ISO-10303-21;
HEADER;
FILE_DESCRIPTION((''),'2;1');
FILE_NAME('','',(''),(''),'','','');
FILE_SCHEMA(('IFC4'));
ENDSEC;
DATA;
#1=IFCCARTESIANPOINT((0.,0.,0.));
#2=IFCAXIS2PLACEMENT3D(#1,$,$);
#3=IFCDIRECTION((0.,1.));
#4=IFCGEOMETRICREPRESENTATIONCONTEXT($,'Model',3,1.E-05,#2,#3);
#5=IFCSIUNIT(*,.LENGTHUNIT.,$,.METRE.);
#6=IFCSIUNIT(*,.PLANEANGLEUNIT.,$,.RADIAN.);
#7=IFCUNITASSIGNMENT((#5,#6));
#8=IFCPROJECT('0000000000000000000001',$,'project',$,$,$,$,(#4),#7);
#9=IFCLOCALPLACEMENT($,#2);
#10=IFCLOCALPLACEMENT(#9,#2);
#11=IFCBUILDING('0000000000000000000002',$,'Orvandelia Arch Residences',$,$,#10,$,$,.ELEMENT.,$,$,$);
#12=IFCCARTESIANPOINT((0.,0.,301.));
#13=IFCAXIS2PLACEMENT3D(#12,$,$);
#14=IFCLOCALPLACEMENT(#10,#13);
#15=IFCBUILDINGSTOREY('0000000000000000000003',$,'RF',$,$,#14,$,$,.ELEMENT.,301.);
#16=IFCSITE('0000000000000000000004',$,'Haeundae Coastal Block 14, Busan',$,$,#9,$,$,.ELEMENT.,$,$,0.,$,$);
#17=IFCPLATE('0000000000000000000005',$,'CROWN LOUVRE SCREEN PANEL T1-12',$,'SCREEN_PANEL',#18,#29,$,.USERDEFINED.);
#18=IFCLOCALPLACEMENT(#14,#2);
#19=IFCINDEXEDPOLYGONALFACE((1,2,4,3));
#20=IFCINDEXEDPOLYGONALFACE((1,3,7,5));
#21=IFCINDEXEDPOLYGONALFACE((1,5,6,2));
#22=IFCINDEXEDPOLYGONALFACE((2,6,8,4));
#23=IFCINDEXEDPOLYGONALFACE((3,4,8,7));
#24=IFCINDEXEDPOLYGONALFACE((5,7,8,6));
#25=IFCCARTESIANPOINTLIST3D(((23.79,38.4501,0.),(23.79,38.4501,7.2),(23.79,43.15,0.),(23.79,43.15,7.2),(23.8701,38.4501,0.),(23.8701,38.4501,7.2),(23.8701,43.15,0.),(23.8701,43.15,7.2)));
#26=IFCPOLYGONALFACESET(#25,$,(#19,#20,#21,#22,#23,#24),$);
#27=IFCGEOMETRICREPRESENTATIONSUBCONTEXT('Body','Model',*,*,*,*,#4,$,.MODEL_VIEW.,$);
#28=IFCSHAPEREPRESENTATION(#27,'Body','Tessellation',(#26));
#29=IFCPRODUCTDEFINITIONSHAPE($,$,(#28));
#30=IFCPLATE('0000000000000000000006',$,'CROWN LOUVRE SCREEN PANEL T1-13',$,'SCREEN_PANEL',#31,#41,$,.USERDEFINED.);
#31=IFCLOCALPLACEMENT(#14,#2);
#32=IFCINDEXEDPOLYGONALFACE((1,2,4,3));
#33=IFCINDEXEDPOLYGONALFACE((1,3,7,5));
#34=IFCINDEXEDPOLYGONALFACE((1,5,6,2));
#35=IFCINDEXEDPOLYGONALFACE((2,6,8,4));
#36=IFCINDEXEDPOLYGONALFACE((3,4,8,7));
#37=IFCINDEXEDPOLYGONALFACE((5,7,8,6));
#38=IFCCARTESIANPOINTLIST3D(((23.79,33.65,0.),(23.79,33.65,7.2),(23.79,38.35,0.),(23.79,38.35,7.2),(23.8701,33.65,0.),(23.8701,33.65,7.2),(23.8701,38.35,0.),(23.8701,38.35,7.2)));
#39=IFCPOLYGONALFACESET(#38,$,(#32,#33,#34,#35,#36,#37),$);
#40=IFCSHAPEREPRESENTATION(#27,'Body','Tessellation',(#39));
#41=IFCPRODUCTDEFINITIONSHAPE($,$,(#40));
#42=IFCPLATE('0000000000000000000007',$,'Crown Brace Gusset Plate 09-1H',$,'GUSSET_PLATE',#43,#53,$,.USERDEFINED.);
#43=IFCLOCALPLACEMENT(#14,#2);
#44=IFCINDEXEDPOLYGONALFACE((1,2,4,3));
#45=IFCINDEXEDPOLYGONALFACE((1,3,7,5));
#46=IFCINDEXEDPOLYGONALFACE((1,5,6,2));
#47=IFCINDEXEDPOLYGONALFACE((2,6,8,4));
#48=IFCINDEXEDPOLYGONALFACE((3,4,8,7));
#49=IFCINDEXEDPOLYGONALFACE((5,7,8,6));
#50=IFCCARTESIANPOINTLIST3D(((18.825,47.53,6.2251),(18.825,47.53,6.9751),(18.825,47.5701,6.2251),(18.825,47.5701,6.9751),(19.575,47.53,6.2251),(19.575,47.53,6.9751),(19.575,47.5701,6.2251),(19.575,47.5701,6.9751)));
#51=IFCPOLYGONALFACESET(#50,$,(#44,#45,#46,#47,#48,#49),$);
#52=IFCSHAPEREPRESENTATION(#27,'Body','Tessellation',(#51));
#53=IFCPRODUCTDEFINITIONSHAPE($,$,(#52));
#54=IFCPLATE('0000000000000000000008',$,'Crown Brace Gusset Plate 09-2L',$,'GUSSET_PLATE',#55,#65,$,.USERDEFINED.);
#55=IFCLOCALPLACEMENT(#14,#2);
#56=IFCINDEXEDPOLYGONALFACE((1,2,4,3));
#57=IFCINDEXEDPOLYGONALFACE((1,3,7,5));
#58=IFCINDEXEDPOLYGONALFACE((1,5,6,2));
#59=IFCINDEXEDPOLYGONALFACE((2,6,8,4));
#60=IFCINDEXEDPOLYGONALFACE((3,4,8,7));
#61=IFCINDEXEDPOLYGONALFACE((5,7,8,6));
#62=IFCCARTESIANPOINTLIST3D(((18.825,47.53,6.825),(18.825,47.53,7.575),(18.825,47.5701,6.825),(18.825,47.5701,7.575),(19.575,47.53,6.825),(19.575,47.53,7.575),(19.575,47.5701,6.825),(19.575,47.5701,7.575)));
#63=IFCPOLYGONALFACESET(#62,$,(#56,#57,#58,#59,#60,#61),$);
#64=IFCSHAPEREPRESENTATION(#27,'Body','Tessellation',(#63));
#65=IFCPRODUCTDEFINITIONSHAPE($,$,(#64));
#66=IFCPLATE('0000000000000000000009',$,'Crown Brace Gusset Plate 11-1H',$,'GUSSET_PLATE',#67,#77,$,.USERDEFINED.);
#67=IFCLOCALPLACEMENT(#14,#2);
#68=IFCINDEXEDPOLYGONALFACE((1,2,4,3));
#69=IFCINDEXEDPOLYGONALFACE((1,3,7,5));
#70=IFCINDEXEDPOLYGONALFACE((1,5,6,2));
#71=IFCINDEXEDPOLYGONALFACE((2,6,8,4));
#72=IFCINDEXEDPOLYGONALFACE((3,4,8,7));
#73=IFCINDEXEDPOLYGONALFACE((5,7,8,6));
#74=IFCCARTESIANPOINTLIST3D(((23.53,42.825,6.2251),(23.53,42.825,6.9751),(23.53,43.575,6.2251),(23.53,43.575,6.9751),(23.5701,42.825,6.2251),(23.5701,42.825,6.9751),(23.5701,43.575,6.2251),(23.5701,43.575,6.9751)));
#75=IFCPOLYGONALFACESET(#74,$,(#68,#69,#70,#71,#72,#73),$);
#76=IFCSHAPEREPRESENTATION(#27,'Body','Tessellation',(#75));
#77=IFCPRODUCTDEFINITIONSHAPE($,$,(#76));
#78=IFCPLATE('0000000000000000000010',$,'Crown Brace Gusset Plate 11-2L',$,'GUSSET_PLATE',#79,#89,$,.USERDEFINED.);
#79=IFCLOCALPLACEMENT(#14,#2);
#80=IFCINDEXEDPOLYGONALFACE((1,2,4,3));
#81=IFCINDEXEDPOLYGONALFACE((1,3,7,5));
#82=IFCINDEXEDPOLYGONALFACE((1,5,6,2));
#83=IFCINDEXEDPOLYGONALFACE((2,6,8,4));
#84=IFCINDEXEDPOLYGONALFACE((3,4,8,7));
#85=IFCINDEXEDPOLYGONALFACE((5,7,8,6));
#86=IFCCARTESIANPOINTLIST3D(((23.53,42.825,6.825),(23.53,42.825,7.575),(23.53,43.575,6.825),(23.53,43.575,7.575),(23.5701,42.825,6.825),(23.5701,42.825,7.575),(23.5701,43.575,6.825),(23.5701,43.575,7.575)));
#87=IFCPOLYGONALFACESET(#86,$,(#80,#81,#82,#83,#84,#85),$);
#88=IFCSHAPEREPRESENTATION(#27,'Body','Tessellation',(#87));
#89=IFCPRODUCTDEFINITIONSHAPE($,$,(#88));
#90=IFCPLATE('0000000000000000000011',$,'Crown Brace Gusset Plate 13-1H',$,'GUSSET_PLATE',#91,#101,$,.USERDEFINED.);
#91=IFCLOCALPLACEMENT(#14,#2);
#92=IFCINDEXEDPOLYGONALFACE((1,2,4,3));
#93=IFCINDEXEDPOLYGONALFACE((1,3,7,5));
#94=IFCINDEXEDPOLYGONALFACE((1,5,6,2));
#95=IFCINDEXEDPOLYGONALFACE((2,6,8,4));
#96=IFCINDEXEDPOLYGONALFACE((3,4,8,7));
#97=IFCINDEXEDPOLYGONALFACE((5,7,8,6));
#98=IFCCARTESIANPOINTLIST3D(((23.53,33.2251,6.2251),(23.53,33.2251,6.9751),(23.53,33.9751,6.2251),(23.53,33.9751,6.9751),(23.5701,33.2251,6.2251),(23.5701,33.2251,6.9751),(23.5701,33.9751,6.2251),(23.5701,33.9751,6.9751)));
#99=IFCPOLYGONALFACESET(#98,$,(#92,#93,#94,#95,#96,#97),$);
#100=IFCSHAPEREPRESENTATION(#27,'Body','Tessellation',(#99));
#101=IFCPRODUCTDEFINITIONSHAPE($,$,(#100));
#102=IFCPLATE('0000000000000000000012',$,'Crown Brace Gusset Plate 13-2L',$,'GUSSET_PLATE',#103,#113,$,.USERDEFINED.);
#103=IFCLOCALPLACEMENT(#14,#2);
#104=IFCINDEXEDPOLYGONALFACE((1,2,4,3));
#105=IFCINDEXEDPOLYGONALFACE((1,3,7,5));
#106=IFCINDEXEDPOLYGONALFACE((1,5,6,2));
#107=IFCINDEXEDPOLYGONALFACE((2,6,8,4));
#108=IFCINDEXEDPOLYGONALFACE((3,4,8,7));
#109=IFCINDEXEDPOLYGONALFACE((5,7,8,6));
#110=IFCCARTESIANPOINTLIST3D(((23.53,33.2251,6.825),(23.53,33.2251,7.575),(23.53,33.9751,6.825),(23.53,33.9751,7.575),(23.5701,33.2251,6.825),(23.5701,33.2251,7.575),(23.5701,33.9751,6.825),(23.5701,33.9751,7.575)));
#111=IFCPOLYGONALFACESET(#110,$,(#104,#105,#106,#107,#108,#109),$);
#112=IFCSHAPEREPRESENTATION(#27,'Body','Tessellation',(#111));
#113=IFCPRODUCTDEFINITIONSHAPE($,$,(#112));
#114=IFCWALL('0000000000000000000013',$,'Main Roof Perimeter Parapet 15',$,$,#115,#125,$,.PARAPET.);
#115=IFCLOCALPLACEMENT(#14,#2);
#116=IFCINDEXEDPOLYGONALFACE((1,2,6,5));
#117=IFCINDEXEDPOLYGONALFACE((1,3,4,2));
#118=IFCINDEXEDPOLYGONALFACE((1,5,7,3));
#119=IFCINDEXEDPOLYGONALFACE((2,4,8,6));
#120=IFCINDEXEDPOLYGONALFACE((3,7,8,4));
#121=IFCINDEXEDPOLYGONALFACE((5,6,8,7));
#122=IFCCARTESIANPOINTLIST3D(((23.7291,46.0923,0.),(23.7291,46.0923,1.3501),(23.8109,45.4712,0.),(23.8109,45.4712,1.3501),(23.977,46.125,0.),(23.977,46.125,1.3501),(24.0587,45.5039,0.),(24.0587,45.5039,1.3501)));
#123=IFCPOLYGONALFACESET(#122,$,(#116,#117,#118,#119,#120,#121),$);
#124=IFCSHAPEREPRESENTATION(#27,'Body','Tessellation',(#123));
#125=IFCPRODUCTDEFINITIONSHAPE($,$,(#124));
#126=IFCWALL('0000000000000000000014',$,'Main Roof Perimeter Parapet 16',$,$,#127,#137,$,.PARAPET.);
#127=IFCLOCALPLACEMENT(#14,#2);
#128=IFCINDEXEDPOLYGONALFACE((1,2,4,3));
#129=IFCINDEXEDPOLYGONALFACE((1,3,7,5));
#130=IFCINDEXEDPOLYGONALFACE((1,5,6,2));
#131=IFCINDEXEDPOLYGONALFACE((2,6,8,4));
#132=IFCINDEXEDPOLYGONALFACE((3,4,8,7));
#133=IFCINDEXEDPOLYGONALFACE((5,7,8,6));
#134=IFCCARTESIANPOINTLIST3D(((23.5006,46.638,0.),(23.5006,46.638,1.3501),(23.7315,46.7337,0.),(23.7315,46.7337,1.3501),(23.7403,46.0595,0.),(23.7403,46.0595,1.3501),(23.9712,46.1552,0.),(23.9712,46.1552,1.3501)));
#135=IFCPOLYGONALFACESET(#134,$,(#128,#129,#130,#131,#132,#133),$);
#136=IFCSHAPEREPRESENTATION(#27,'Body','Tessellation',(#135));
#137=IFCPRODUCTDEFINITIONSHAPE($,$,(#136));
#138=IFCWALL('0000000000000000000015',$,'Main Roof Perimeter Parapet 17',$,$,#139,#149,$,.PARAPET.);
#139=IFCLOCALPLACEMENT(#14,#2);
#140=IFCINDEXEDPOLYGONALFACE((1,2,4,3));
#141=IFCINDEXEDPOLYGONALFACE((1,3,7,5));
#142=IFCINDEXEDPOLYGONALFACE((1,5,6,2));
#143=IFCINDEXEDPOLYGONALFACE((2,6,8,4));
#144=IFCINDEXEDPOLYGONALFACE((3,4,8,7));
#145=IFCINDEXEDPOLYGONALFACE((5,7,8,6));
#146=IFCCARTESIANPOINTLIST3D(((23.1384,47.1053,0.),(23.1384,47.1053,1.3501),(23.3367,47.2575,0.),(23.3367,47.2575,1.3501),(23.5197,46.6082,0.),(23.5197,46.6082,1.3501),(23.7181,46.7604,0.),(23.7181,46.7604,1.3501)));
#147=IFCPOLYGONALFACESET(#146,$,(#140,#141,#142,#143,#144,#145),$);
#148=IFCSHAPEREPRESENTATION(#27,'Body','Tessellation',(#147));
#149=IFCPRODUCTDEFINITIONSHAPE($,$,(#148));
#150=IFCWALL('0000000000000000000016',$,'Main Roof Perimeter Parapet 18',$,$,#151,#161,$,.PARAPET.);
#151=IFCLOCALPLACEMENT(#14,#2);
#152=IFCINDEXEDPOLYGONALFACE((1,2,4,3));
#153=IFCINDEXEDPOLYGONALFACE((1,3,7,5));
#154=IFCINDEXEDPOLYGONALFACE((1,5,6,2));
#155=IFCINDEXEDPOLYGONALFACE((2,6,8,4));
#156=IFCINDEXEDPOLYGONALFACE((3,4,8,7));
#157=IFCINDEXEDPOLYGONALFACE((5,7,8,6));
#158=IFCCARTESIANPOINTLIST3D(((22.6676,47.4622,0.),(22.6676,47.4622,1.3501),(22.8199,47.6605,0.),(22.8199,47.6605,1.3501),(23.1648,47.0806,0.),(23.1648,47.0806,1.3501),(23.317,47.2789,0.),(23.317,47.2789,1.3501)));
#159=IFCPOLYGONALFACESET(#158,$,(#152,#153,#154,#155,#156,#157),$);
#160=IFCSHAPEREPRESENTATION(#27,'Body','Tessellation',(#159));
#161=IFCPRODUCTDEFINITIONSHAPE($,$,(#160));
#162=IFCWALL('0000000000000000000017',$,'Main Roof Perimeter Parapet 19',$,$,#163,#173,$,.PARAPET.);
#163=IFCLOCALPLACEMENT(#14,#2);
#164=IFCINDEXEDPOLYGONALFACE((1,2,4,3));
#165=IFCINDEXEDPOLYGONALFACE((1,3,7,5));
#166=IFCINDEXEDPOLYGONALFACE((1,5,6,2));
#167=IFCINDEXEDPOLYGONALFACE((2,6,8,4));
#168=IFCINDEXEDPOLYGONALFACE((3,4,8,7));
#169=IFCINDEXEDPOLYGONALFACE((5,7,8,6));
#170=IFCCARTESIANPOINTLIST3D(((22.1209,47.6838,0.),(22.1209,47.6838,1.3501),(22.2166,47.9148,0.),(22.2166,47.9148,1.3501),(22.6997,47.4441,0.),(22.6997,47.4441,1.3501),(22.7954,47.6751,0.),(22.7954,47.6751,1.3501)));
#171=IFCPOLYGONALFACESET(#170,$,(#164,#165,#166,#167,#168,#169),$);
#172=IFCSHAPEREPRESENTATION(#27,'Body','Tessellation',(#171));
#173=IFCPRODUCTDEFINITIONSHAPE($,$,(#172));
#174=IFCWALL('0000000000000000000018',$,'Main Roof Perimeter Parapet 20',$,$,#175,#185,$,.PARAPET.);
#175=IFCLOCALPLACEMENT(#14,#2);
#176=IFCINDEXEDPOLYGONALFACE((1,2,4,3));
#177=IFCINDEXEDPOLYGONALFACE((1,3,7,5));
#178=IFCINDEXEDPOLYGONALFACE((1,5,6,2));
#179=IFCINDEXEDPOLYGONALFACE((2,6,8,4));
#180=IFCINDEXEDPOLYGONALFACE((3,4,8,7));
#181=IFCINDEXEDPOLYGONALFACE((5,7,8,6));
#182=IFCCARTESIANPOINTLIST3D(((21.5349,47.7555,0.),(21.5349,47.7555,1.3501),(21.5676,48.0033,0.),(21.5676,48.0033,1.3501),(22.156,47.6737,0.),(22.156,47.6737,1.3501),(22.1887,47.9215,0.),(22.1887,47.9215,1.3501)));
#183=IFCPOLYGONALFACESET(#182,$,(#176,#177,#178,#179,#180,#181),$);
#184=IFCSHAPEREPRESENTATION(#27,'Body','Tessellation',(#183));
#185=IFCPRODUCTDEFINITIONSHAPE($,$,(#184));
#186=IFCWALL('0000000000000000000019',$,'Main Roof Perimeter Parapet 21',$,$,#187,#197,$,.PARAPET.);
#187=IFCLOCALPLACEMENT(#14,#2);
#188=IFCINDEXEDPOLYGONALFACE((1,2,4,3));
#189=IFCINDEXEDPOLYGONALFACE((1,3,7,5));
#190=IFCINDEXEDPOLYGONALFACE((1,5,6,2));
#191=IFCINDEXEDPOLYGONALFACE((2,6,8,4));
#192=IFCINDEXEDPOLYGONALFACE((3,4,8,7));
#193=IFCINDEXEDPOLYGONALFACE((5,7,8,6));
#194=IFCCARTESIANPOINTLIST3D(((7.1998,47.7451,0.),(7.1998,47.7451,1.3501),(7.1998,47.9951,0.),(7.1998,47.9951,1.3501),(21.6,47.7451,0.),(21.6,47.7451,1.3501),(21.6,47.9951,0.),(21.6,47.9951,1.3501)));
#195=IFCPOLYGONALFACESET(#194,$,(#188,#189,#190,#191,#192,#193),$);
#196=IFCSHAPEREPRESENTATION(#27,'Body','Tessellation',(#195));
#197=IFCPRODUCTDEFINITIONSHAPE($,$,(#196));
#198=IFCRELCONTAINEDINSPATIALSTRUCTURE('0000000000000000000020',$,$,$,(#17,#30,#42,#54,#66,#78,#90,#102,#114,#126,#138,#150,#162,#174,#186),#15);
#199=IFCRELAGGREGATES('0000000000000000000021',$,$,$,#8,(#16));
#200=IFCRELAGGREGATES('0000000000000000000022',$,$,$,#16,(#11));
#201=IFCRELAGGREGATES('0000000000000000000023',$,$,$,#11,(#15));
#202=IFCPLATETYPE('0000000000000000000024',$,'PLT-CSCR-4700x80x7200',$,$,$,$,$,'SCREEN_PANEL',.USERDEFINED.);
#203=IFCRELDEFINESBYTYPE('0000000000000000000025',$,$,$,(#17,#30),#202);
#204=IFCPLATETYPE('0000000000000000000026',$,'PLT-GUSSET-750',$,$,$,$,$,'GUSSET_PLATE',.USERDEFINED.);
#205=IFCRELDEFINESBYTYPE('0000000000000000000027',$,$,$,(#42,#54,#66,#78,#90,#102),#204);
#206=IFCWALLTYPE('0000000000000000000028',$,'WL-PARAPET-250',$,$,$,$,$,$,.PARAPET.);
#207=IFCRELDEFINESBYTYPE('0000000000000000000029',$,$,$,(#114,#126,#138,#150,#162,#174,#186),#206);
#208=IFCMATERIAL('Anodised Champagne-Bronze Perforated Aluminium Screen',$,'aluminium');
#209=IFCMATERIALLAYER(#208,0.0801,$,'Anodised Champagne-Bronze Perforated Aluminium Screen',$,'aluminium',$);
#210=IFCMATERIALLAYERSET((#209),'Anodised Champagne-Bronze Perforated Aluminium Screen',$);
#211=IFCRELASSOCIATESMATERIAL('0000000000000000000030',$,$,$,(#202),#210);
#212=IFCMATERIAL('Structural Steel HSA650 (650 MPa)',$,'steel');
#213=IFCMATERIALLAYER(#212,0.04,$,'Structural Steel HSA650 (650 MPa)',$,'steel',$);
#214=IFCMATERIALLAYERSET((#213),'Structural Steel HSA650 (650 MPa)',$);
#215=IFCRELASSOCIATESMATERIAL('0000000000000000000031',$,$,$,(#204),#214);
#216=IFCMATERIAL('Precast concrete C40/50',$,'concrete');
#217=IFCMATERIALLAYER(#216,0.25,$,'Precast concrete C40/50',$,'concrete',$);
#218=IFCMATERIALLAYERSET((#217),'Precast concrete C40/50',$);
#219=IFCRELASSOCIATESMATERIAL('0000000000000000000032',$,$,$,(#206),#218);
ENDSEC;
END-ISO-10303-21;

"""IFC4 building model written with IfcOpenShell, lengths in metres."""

from ifc_helpers import new_model, si_unit, direction, frame, frame_2d, origin, origin_2d, place, context, subcontext, project, spatial, rectangle, extrude, material, layer, layer_set, type_object, element, save


model = new_model("IFC4")

# Units and contexts
model_context = context("Model", 3, precision=1e-05, world=origin(), true_north=direction((0.0, 1.0)))
body_context = subcontext(model_context, "Body", "Model", "MODEL_VIEW")
ifc_project = project(units=[si_unit("LENGTHUNIT", "METRE"), si_unit("PLANEANGLEUNIT", "RADIAN")], contexts=[model_context])

# Site, building, storey
site_placement = place(None, origin())
site = spatial("IfcSite", under=ifc_project, at=site_placement, Name="Haeundae Coastal Block 14, Busan", CompositionType="ELEMENT", RefElevation=0.0)
building_placement = place(site_placement, origin())
building = spatial("IfcBuilding", under=site, at=building_placement, Name="Orvandelia Arch Residences", CompositionType="ELEMENT")
storey_placement = place(building_placement, frame((0.0, 0.0, 301.0)))
storey = spatial("IfcBuildingStorey", under=building, at=storey_placement, Name="RF", CompositionType="ELEMENT", Elevation=301.0)

# Shared definitions
ifc_material_1 = material(Name="Structural Steel HSA650 (650 MPa)", Category="steel")

# Plates
ifc_material_2 = material(Name="Anodised Champagne-Bronze Perforated Aluminium Screen", Category="aluminium")
ifc_layer_1 = layer(ifc_material_2, 0.0801, Name="Anodised Champagne-Bronze Perforated Aluminium Screen", Category="aluminium")
ifc_layer_set_1 = layer_set([ifc_layer_1], Name="Anodised Champagne-Bronze Perforated Aluminium Screen")
plate_type_1 = type_object("IfcPlateType", Name="PLT-CSCR-4700x80x7200", ElementType="SCREEN_PANEL", PredefinedType="USERDEFINED", material=ifc_layer_set_1)
for number, where, z_axis, x_axis, name in (
    (1, (23.8301, 40.8, 0.0), (0.0, 0.0, 1.0), (0.0, -1.0, 0.0), "CROWN LOUVRE SCREEN PANEL T1-12"),
    (2, (23.8301, 36.0, 0.0), (0.0, 0.0, 1.0), (0.0, -1.0, 0.0), "CROWN LOUVRE SCREEN PANEL T1-13"),
):
    element("IfcPlate", number, at=place(storey_placement, frame(where, z_axis=z_axis, x_axis=x_axis)), inside=storey, type_object=plate_type_1, Name=name, ObjectType="SCREEN_PANEL", PredefinedType="USERDEFINED", context=body_context, shape_type="SweptSolid", body=[
        extrude(rectangle(XDim=4.7, YDim=0.0801, at=origin_2d()), origin(), (0.0, 0.0, 1.0), 7.2),
    ])
ifc_layer_2 = layer(ifc_material_1, 0.04, Name="Structural Steel HSA650 (650 MPa)", Category="steel")
ifc_layer_set_2 = layer_set([ifc_layer_2], Name="Structural Steel HSA650 (650 MPa)")
plate_type_2 = type_object("IfcPlateType", Name="PLT-GUSSET-750", ElementType="GUSSET_PLATE", PredefinedType="USERDEFINED", material=ifc_layer_set_2)
for number, where, z_axis, x_axis, name in (
    (3, (19.2, 47.55, 6.2251), (0.0, 0.0, 1.0), (1.0, 0.0, 0.0), "Crown Brace Gusset Plate 09-1H"),
    (4, (19.2, 47.55, 6.825), (0.0, 0.0, 1.0), (1.0, 0.0, 0.0), "Crown Brace Gusset Plate 09-2L"),
    (5, (23.55, 43.2, 6.2251), (0.0, 0.0, 1.0), (0.0, -1.0, 0.0), "Crown Brace Gusset Plate 11-1H"),
    (6, (23.55, 43.2, 6.825), (0.0, 0.0, 1.0), (0.0, -1.0, 0.0), "Crown Brace Gusset Plate 11-2L"),
    (7, (23.55, 33.6001, 6.2251), (0.0, 0.0, 1.0), (0.0, -1.0, 0.0), "Crown Brace Gusset Plate 13-1H"),
    (8, (23.55, 33.6001, 6.825), (0.0, 0.0, 1.0), (0.0, -1.0, 0.0), "Crown Brace Gusset Plate 13-2L"),
):
    element("IfcPlate", number, at=place(storey_placement, frame(where, z_axis=z_axis, x_axis=x_axis)), inside=storey, type_object=plate_type_2, Name=name, ObjectType="GUSSET_PLATE", PredefinedType="USERDEFINED", context=body_context, shape_type="SweptSolid", body=[
        extrude(rectangle(XDim=0.75, YDim=0.04, at=origin_2d()), origin(), (0.0, 0.0, 1.0), 0.75),
    ])

# Walls
ifc_material_3 = material(Name="Precast concrete C40/50", Category="concrete")
ifc_layer_3 = layer(ifc_material_3, 0.25, Name="Precast concrete C40/50", Category="concrete")
ifc_layer_set_3 = layer_set([ifc_layer_3], Name="Precast concrete C40/50")
wall_type = type_object("IfcWallType", Name="WL-PARAPET-250", PredefinedType="PARAPET", material=ifc_layer_set_3)
wall_1_placement = place(storey_placement, frame((23.9348, 45.4875, 0.0), z_axis=(0.0, 0.0, 1.0), x_axis=(-0.130555, 0.991441, 0.0)))
element("IfcWall", 9, at=wall_1_placement, inside=storey, type_object=wall_type, Name="Main Roof Perimeter Parapet 15", PredefinedType="PARAPET", context=body_context, shape_type="SweptSolid", body=[
    extrude(rectangle(XDim=0.6265, YDim=0.25, at=frame_2d((0.3132, 0.0))), origin(), (0.0, 0.0, 1.0), 1.3501),
])
wall_2_placement = place(storey_placement, frame((23.8557, 46.1074, 0.0), z_axis=(0.0, 0.0, 1.0), x_axis=(-0.382788, 0.923836, 0.0)))
element("IfcWall", 10, at=wall_2_placement, inside=storey, type_object=wall_type, Name="Main Roof Perimeter Parapet 16", PredefinedType="PARAPET", context=body_context, shape_type="SweptSolid", body=[
    extrude(rectangle(XDim=0.6262, YDim=0.25, at=frame_2d((0.313, 0.0))), origin(), (0.0, 0.0, 1.0), 1.3501),
])
wall_3_placement = place(storey_placement, frame((23.6189, 46.6843, 0.0), z_axis=(0.0, 0.0, 1.0), x_axis=(-0.608693, 0.793406, 0.0)))
element("IfcWall", 11, at=wall_3_placement, inside=storey, type_object=wall_type, Name="Main Roof Perimeter Parapet 17", PredefinedType="PARAPET", context=body_context, shape_type="SweptSolid", body=[
    extrude(rectangle(XDim=0.6265, YDim=0.25, at=frame_2d((0.3132, 0.0))), origin(), (0.0, 0.0, 1.0), 1.3501),
])
wall_4_placement = place(storey_placement, frame((23.241, 47.1797, 0.0), z_axis=(0.0, 0.0, 1.0), x_axis=(-0.793217, 0.608939, 0.0)))
element("IfcWall", 12, at=wall_4_placement, inside=storey, type_object=wall_type, Name="Main Roof Perimeter Parapet 18", PredefinedType="PARAPET", context=body_context, shape_type="SweptSolid", body=[
    extrude(rectangle(XDim=0.6267, YDim=0.25, at=frame_2d((0.3135, 0.0))), origin(), (0.0, 0.0, 1.0), 1.3501),
])
for number, where, z_axis, x_axis, name in (
    (13, (22.7476, 47.5596, 0.0), (0.0, 0.0, 1.0), (-0.923893, 0.38265, 0.0), "Main Roof Perimeter Parapet 19"),
    (14, (22.1724, 47.7976, 0.0), (0.0, 0.0, 1.0), (-0.991441, 0.130555, 0.0), "Main Roof Perimeter Parapet 20"),
):
    element("IfcWall", number, at=place(storey_placement, frame(where, z_axis=z_axis, x_axis=x_axis)), inside=storey, type_object=wall_type, Name=name, PredefinedType="PARAPET", context=body_context, shape_type="SweptSolid", body=[
        extrude(rectangle(XDim=0.6265, YDim=0.25, at=frame_2d((0.3132, 0.0))), origin(), (0.0, 0.0, 1.0), 1.3501),
    ])
wall_5_placement = place(storey_placement, frame((21.6001, 47.8701, 0.0), z_axis=(0.0, 0.0, 1.0), x_axis=(-1.0, 0.0, 0.0)))
element("IfcWall", 15, at=wall_5_placement, inside=storey, type_object=wall_type, Name="Main Roof Perimeter Parapet 21", PredefinedType="PARAPET", context=body_context, shape_type="SweptSolid", body=[
    extrude(rectangle(XDim=14.4001, YDim=0.25, at=frame_2d((7.2002, 0.0))), origin(), (0.0, 0.0, 1.0), 1.3501),
])

save(model, "model.ifc")
